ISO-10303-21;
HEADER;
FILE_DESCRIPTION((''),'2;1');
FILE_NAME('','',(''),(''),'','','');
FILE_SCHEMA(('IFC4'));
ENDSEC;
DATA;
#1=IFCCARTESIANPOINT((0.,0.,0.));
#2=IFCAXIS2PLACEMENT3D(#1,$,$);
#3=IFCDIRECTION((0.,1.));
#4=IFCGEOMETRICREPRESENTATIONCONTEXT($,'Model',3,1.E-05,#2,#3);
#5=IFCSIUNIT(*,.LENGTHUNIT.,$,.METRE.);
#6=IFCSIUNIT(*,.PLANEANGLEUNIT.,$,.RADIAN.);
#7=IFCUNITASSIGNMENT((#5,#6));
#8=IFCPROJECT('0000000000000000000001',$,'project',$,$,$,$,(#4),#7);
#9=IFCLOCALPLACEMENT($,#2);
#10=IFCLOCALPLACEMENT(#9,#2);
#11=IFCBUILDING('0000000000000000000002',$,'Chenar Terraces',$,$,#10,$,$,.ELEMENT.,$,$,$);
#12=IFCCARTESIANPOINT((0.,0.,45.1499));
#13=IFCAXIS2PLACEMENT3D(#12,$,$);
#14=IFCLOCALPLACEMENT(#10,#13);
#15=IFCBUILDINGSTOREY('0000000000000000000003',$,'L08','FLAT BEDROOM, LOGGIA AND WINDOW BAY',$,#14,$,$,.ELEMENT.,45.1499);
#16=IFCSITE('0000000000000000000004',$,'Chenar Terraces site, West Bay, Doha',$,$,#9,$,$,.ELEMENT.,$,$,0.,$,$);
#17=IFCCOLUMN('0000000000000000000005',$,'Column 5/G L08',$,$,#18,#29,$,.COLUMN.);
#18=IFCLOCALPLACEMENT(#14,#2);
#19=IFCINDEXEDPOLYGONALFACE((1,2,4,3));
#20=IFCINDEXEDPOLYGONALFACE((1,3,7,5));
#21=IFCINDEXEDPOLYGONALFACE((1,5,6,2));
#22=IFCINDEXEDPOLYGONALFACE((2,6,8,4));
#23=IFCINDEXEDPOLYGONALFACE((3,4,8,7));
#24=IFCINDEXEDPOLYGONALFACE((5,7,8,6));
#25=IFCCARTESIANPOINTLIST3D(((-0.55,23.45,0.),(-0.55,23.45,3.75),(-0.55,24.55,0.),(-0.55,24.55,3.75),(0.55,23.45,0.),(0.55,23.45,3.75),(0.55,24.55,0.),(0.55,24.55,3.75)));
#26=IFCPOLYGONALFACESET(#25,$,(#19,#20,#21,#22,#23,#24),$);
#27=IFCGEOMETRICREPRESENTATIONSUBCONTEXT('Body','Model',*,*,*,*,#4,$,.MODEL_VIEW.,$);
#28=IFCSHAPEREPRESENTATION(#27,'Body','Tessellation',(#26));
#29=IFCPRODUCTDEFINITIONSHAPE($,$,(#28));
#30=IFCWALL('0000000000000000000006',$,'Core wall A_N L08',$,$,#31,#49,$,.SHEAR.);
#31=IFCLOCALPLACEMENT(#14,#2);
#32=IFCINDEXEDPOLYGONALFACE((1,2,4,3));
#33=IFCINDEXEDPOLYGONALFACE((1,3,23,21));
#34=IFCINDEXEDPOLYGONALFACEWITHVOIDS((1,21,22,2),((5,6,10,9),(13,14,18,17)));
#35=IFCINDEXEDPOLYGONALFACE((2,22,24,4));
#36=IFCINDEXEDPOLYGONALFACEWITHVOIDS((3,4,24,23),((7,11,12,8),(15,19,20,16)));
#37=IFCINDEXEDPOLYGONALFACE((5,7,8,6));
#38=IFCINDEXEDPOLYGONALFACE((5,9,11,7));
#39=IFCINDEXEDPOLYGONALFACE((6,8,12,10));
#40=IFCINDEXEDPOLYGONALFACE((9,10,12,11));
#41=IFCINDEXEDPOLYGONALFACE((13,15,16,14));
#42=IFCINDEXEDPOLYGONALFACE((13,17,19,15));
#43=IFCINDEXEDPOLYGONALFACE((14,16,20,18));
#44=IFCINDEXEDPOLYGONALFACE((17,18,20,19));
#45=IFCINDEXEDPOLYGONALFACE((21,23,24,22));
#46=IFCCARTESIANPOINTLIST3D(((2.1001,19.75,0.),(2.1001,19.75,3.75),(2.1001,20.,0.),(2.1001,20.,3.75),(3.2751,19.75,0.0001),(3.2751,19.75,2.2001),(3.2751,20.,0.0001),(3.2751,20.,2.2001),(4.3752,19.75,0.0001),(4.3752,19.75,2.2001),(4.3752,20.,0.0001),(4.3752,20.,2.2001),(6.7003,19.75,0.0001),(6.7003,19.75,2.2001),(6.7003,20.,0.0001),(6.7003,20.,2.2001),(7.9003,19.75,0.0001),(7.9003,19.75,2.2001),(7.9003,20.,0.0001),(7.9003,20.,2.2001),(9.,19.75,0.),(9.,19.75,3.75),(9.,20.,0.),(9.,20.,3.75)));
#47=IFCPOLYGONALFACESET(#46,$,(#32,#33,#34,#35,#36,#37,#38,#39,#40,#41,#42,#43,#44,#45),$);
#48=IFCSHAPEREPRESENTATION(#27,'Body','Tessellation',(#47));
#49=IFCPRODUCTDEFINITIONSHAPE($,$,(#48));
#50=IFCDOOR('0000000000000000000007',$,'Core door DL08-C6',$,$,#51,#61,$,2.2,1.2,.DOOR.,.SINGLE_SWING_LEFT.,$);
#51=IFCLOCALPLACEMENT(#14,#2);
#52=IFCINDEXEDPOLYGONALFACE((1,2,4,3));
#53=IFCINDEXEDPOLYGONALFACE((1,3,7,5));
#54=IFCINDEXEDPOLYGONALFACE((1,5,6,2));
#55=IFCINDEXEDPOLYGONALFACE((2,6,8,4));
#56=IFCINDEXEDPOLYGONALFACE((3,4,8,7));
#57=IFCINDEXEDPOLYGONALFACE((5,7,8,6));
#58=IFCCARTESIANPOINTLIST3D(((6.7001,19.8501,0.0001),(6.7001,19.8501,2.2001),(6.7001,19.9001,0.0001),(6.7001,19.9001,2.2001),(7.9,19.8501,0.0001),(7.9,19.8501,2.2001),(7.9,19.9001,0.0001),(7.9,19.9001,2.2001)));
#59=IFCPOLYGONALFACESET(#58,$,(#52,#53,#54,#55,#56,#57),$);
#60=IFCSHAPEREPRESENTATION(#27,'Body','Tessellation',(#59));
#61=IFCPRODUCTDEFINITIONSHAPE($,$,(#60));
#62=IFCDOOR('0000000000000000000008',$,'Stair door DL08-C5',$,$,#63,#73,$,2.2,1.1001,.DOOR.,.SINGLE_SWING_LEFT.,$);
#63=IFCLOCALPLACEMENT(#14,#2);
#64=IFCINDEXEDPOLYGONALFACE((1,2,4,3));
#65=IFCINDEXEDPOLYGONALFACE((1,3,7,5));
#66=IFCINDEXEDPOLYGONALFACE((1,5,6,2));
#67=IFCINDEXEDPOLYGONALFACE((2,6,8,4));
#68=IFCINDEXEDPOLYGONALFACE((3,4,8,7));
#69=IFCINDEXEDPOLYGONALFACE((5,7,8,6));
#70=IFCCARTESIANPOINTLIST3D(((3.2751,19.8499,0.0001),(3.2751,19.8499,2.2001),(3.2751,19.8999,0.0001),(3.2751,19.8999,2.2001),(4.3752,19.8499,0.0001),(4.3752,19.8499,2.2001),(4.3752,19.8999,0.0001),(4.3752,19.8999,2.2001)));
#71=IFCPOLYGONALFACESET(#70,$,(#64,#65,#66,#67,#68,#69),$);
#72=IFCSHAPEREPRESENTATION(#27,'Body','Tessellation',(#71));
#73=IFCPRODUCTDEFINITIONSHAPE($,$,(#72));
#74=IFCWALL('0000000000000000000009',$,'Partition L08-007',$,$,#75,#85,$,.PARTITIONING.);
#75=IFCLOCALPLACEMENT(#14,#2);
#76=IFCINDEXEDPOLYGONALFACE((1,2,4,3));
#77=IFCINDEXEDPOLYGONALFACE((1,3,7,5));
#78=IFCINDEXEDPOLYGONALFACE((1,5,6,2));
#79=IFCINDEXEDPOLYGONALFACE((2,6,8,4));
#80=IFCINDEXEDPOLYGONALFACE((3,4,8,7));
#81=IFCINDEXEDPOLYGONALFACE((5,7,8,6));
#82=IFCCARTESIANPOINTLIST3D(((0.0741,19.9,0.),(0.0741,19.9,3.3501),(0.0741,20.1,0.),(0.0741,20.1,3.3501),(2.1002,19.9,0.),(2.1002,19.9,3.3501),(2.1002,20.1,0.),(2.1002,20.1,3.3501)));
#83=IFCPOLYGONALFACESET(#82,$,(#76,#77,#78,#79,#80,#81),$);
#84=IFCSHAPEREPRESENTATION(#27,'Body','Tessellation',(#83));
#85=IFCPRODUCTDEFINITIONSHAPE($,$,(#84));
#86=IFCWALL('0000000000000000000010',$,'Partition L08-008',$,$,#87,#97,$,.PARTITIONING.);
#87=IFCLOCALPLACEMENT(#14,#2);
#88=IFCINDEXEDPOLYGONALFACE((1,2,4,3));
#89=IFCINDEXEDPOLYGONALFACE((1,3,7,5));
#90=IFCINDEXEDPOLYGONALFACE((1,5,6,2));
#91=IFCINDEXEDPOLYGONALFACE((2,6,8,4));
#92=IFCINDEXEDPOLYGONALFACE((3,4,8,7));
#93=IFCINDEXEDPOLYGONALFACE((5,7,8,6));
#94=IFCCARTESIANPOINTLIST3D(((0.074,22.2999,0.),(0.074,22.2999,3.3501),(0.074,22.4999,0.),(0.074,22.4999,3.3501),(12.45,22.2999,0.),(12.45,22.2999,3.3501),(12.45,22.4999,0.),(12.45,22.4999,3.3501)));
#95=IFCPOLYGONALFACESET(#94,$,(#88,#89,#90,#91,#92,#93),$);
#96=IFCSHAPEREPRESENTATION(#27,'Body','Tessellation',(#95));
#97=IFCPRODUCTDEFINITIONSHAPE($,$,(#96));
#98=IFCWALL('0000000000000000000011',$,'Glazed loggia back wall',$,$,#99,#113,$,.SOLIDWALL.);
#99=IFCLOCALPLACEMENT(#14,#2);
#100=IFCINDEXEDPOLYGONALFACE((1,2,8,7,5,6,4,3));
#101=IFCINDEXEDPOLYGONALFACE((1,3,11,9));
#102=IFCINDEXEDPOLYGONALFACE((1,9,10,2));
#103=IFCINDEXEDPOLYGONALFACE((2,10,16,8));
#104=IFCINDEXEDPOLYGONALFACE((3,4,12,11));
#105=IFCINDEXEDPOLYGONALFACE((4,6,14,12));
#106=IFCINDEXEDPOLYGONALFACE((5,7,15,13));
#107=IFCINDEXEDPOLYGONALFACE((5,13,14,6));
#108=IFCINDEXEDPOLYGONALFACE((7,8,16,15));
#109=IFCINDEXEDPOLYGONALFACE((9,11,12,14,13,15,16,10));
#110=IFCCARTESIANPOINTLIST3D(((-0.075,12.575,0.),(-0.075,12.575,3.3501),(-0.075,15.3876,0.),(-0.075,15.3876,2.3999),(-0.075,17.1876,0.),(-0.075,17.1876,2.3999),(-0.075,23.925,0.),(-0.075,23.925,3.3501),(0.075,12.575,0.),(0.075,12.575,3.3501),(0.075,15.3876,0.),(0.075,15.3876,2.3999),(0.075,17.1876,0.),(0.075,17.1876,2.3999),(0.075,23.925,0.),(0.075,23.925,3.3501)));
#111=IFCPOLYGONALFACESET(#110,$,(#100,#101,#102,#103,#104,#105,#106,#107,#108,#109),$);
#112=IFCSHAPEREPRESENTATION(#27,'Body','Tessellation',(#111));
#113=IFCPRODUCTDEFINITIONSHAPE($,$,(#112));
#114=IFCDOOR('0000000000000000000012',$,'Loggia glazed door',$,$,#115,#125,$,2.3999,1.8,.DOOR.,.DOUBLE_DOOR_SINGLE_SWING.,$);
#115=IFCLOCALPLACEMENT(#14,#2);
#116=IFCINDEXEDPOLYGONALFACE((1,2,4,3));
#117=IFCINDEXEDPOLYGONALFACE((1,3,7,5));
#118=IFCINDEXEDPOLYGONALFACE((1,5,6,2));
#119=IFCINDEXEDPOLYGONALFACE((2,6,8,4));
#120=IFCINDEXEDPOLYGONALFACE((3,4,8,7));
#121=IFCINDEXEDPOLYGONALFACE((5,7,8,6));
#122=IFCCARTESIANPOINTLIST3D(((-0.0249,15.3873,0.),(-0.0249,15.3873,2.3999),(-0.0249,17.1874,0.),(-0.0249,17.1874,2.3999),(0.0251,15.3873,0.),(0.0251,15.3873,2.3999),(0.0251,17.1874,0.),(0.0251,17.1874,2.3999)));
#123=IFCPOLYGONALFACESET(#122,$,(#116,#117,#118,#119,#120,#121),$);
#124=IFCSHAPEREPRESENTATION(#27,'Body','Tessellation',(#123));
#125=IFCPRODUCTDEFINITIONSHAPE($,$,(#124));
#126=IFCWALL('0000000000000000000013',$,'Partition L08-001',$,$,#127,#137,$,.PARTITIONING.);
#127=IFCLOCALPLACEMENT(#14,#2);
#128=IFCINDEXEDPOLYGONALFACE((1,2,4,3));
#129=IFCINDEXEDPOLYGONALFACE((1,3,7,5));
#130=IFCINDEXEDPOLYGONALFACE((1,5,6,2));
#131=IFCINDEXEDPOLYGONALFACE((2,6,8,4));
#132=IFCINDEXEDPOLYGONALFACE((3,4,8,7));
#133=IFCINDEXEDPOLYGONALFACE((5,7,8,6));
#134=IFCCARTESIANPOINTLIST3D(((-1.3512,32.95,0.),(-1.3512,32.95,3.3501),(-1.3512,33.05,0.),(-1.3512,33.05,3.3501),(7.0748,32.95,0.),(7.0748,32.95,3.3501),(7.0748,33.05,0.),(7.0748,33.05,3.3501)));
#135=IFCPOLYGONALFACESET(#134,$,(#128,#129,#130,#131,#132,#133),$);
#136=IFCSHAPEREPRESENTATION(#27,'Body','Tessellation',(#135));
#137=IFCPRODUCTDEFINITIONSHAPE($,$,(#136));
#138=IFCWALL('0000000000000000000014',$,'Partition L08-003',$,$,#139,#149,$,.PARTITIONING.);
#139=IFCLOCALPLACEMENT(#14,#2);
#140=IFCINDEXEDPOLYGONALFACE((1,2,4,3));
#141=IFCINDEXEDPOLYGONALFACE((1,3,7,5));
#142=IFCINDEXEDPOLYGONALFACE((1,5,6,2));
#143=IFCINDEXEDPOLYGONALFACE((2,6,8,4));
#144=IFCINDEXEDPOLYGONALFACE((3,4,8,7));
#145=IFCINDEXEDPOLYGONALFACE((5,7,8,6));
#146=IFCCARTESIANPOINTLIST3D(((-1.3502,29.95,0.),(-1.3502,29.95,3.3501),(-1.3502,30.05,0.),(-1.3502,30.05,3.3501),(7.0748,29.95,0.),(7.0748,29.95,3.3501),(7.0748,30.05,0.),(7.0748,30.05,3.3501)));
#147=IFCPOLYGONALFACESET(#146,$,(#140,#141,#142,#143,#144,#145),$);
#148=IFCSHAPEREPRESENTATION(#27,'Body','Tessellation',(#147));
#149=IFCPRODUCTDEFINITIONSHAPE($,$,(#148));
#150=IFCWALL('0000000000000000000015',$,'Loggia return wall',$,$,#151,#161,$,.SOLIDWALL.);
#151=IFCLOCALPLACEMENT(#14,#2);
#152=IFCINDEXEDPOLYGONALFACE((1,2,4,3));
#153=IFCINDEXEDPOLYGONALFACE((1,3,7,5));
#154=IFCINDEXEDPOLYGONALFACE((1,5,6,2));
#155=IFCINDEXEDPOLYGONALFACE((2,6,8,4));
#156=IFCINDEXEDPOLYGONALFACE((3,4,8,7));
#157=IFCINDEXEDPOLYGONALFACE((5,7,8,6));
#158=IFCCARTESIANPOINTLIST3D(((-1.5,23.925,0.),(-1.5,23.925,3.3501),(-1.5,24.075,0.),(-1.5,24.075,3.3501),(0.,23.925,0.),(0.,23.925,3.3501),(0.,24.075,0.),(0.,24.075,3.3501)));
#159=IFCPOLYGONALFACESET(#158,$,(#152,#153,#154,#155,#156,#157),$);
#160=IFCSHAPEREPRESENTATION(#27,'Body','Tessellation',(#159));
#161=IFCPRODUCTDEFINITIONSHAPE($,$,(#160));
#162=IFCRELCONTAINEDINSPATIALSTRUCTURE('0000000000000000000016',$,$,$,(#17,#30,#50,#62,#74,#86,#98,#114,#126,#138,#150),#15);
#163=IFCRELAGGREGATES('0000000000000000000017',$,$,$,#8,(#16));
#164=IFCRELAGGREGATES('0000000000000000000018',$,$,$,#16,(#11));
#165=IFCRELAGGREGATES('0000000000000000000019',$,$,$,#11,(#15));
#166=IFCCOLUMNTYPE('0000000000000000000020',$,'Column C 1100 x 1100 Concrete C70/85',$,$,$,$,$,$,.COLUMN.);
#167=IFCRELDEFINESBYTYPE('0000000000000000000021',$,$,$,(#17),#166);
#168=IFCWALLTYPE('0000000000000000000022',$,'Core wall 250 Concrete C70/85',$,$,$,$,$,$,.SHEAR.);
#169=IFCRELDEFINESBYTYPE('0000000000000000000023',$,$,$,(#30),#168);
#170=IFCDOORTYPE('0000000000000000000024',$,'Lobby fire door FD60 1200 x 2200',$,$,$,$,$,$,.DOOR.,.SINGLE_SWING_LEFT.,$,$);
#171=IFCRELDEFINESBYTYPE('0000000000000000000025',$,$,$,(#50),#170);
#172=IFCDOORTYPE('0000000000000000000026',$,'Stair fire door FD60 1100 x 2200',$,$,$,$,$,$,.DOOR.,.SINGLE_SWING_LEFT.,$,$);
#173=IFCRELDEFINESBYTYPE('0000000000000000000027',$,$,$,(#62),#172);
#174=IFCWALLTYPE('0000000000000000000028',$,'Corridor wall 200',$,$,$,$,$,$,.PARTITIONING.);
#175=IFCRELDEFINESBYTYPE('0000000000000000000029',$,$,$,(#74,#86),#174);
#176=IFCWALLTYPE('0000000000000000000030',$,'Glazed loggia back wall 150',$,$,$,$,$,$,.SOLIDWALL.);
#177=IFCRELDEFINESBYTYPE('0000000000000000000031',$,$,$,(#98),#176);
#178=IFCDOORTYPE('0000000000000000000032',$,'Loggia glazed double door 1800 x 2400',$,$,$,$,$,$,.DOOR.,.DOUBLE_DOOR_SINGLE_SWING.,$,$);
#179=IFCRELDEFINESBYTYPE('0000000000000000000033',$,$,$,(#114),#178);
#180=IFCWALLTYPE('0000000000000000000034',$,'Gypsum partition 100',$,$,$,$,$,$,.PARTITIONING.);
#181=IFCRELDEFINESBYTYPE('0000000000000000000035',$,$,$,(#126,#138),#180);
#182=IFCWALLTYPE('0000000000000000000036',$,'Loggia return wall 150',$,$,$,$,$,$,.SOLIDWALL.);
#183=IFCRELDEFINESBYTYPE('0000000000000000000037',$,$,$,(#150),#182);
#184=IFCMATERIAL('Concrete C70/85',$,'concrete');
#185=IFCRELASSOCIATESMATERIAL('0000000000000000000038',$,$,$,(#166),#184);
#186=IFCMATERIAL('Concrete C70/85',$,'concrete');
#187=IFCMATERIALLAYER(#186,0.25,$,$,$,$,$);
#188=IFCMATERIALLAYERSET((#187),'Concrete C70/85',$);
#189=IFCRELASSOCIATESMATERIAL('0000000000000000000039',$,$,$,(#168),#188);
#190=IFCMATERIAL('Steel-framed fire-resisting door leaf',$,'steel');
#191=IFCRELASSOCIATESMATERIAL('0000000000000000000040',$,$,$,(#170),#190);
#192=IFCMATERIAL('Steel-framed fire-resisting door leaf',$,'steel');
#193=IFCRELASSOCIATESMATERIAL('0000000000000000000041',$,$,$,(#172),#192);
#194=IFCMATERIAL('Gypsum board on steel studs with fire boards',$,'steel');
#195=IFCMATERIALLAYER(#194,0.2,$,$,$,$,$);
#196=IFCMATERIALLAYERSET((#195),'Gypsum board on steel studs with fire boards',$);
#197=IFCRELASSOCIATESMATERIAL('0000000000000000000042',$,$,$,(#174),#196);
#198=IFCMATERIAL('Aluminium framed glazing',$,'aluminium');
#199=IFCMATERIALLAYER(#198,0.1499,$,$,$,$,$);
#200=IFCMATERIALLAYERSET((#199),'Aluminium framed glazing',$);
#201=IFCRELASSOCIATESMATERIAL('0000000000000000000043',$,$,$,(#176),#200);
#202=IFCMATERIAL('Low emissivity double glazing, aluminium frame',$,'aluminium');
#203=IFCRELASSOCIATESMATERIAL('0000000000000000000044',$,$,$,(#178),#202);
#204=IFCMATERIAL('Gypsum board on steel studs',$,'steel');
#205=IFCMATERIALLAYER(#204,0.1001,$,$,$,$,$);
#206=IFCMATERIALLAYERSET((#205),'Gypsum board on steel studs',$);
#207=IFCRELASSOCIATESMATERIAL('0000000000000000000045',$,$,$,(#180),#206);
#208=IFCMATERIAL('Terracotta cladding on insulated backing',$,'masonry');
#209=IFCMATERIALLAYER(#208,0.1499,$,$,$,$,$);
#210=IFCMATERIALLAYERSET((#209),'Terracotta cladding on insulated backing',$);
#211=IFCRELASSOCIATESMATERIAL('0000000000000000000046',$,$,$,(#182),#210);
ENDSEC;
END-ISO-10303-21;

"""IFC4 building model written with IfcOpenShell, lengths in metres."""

from ifc_helpers import new_model, si_unit, direction, frame, frame_2d, origin, origin_2d, place, context, subcontext, project, spatial, rectangle, extrude, material, layer, layer_set, material_profile, profile_set, type_object, element, fill, save


model = new_model("IFC4")

# Units and contexts
model_context = context("Model", 3, precision=1e-05, world=origin(), true_north=direction((0.0, 1.0)))
body_context = subcontext(model_context, "Body", "Model", "MODEL_VIEW")
ifc_project = project(units=[si_unit("LENGTHUNIT", "METRE"), si_unit("PLANEANGLEUNIT", "RADIAN")], contexts=[model_context])

# Site, building, storey
site_placement = place(None, origin())
site = spatial("IfcSite", under=ifc_project, at=site_placement, Name="Chenar Terraces site, West Bay, Doha", CompositionType="ELEMENT", RefElevation=0.0)
building_placement = place(site_placement, origin())
building = spatial("IfcBuilding", under=site, at=building_placement, Name="Chenar Terraces", CompositionType="ELEMENT")
storey_placement = place(building_placement, frame((0.0, 0.0, 45.1499)))
storey = spatial("IfcBuildingStorey", under=building, at=storey_placement, Name="L08", Description="FLAT BEDROOM, LOGGIA AND WINDOW BAY", CompositionType="ELEMENT", Elevation=45.1499)

# Column
ifc_material_1 = material(Name="Concrete C70/85", Category="concrete")
ifc_material_profile = material_profile(ifc_material_1, rectangle(XDim=1.1001, YDim=1.1001, at=origin_2d()), Name="C 1100 x 1100")
ifc_profile_set = profile_set([ifc_material_profile], Name="Concrete C70/85")
column_type = type_object("IfcColumnType", Name="Column C 1100 x 1100 Concrete C70/85", PredefinedType="COLUMN", material=ifc_profile_set)
column_placement = place(storey_placement, frame((0.0, 24.0, 0.0), z_axis=(0.0, 0.0, 1.0), x_axis=(1.0, 0.0, 0.0)))
element("IfcColumn", 1, at=column_placement, inside=storey, type_object=column_type, Name="Column 5/G L08", PredefinedType="COLUMN", context=body_context, shape_type="SweptSolid", body=[
    extrude(rectangle(XDim=1.1001, YDim=1.1001, at=origin_2d()), origin(), (0.0, 0.0, 1.0), 3.75),
])

# Wall, openings, doors
ifc_material_2 = material(Name="Concrete C70/85", Category="concrete")
ifc_layer_1 = layer(ifc_material_2, 0.25)
ifc_layer_set_1 = layer_set([ifc_layer_1], Name="Concrete C70/85")
wall_type_1 = type_object("IfcWallType", Name="Core wall 250 Concrete C70/85", PredefinedType="SHEAR", material=ifc_layer_set_1)
wall_1_placement = place(storey_placement, frame((2.1001, 19.875, 0.0), z_axis=(0.0, 0.0, 1.0), x_axis=(1.0, 0.0, 0.0)))
wall_1 = element("IfcWall", 2, at=wall_1_placement, inside=storey, type_object=wall_type_1, Name="Core wall A_N L08", PredefinedType="SHEAR", context=body_context, shape_type="SweptSolid", body=[
    extrude(rectangle(XDim=6.8999, YDim=0.25, at=frame_2d((3.45, 0.0))), origin(), (0.0, 0.0, 1.0), 3.75),
])
opening_1_placement = place(wall_1_placement, frame((1.175, 0.0, 0.0)))
opening_1 = element("IfcOpeningElement", 3, at=opening_1_placement, cuts=wall_1, PredefinedType="OPENING", context=body_context, shape_type="SweptSolid", body=[
    extrude(rectangle(XDim=1.1001, YDim=2.2, at=frame_2d((0.55, 1.1001))), frame((0.0, 0.135, 0.0), z_axis=(0.0, -1.0, 0.0), x_axis=(1.0, 0.0, 0.0)), (0.0, 0.0, 1.0), 0.27),
])
opening_2_placement = place(wall_1_placement, frame((4.6001, 0.0, 0.0)))
opening_2 = element("IfcOpeningElement", 4, at=opening_2_placement, cuts=wall_1, PredefinedType="OPENING", context=body_context, shape_type="SweptSolid", body=[
    extrude(rectangle(XDim=1.2, YDim=2.2, at=frame_2d((0.6001, 1.1001))), frame((0.0, 0.135, 0.0), z_axis=(0.0, -1.0, 0.0), x_axis=(1.0, 0.0, 0.0)), (0.0, 0.0, 1.0), 0.27),
])
ifc_material_3 = material(Name="Steel-framed fire-resisting door leaf", Category="steel")
door_type_1 = type_object("IfcDoorType", Name="Lobby fire door FD60 1200 x 2200", OperationType="SINGLE_SWING_LEFT", PredefinedType="DOOR", material=ifc_material_3)
door_1_placement = place(opening_2_placement, frame((1.2, 0.0, 0.0), z_axis=(0.0, 0.0, 1.0), x_axis=(-1.0, 0.0, 0.0)))
door_1 = element("IfcDoor", 5, at=door_1_placement, inside=storey, type_object=door_type_1, Name="Core door DL08-C6", OperationType="SINGLE_SWING_LEFT", OverallHeight=2.2, OverallWidth=1.2, PredefinedType="DOOR", context=body_context, shape_type="SweptSolid", body=[
    extrude(rectangle(XDim=1.2, YDim=2.2, at=frame_2d((0.6001, 1.1001))), frame((0.0, 0.0249, 0.0), z_axis=(0.0, -1.0, 0.0), x_axis=(1.0, 0.0, 0.0)), (0.0, 0.0, 1.0), 0.05),
])
fill(opening_2, door_1)
ifc_material_4 = material(Name="Steel-framed fire-resisting door leaf", Category="steel")
door_type_2 = type_object("IfcDoorType", Name="Stair fire door FD60 1100 x 2200", OperationType="SINGLE_SWING_LEFT", PredefinedType="DOOR", material=ifc_material_4)
door_2_placement = place(opening_1_placement, origin())
door_2 = element("IfcDoor", 6, at=door_2_placement, inside=storey, type_object=door_type_2, Name="Stair door DL08-C5", OperationType="SINGLE_SWING_LEFT", OverallHeight=2.2, OverallWidth=1.1001, PredefinedType="DOOR", context=body_context, shape_type="SweptSolid", body=[
    extrude(rectangle(XDim=1.1001, YDim=2.2, at=frame_2d((0.55, 1.1001))), frame((0.0, 0.0249, 0.0), z_axis=(0.0, -1.0, 0.0), x_axis=(1.0, 0.0, 0.0)), (0.0, 0.0, 1.0), 0.05),
])
fill(opening_1, door_2)

# Walls
ifc_material_5 = material(Name="Gypsum board on steel studs with fire boards", Category="steel")
ifc_layer_2 = layer(ifc_material_5, 0.2)
ifc_layer_set_2 = layer_set([ifc_layer_2], Name="Gypsum board on steel studs with fire boards")
wall_type_2 = type_object("IfcWallType", Name="Corridor wall 200", PredefinedType="PARTITIONING", material=ifc_layer_set_2)
wall_2_placement = place(storey_placement, frame((0.074, 20.0, 0.0), z_axis=(0.0, 0.0, 1.0), x_axis=(1.0, 0.0, 0.0)))
element("IfcWall", 7, at=wall_2_placement, inside=storey, type_object=wall_type_2, Name="Partition L08-007", PredefinedType="PARTITIONING", context=body_context, shape_type="SweptSolid", body=[
    extrude(rectangle(XDim=2.0261, YDim=0.2, at=frame_2d((1.0132, 0.0))), origin(), (0.0, 0.0, 1.0), 3.3501),
])
wall_3_placement = place(storey_placement, frame((0.074, 22.3999, 0.0), z_axis=(0.0, 0.0, 1.0), x_axis=(1.0, 0.0, 0.0)))
element("IfcWall", 8, at=wall_3_placement, inside=storey, type_object=wall_type_2, Name="Partition L08-008", PredefinedType="PARTITIONING", context=body_context, shape_type="SweptSolid", body=[
    extrude(rectangle(XDim=12.376, YDim=0.2, at=frame_2d((6.188, 0.0))), origin(), (0.0, 0.0, 1.0), 3.3501),
])

# Wall, opening, door
ifc_material_6 = material(Name="Aluminium framed glazing", Category="aluminium")
ifc_layer_3 = layer(ifc_material_6, 0.1499)
ifc_layer_set_3 = layer_set([ifc_layer_3], Name="Aluminium framed glazing")
wall_type_3 = type_object("IfcWallType", Name="Glazed loggia back wall 150", PredefinedType="SOLIDWALL", material=ifc_layer_set_3)
wall_4_placement = place(storey_placement, frame((0.0, 23.925, 0.0), z_axis=(0.0, 0.0, 1.0), x_axis=(0.0, -1.0, 0.0)))
wall_4 = element("IfcWall", 9, at=wall_4_placement, inside=storey, type_object=wall_type_3, Name="Glazed loggia back wall", PredefinedType="SOLIDWALL", context=body_context, shape_type="SweptSolid", body=[
    extrude(rectangle(XDim=11.3501, YDim=0.1499, at=frame_2d((5.675, 0.0))), origin(), (0.0, 0.0, 1.0), 3.3501),
])
opening_3_placement = place(wall_4_placement, frame((6.7375, 0.0, 0.0)))
opening_3 = element("IfcOpeningElement", 10, at=opening_3_placement, cuts=wall_4, PredefinedType="OPENING", context=body_context, shape_type="SweptSolid", body=[
    extrude(rectangle(XDim=1.8, YDim=2.3999, at=frame_2d((0.8999, 1.2))), frame((0.0, 0.085, 0.0), z_axis=(0.0, -1.0, 0.0), x_axis=(1.0, 0.0, 0.0)), (0.0, 0.0, 1.0), 0.1699),
])
ifc_material_7 = material(Name="Low emissivity double glazing, aluminium frame", Category="aluminium")
door_type_3 = type_object("IfcDoorType", Name="Loggia glazed double door 1800 x 2400", OperationType="DOUBLE_DOOR_SINGLE_SWING", PredefinedType="DOOR", material=ifc_material_7)
door_3_placement = place(opening_3_placement, frame((1.8, 0.0, 0.0), z_axis=(0.0, 0.0, 1.0), x_axis=(-1.0, 0.0, 0.0)))
door_3 = element("IfcDoor", 11, at=door_3_placement, inside=storey, type_object=door_type_3, Name="Loggia glazed door", OperationType="DOUBLE_DOOR_SINGLE_SWING", OverallHeight=2.3999, OverallWidth=1.8, PredefinedType="DOOR", context=body_context, shape_type="SweptSolid", body=[
    extrude(rectangle(XDim=1.8, YDim=2.3999, at=frame_2d((0.8999, 1.2))), frame((0.0, 0.0249, 0.0), z_axis=(0.0, -1.0, 0.0), x_axis=(1.0, 0.0, 0.0)), (0.0, 0.0, 1.0), 0.05),
])
fill(opening_3, door_3)

# Walls
ifc_material_8 = material(Name="Gypsum board on steel studs", Category="steel")
ifc_layer_4 = layer(ifc_material_8, 0.1001)
ifc_layer_set_4 = layer_set([ifc_layer_4], Name="Gypsum board on steel studs")
wall_type_4 = type_object("IfcWallType", Name="Gypsum partition 100", PredefinedType="PARTITIONING", material=ifc_layer_set_4)
wall_5_placement = place(storey_placement, frame((-1.3511, 33.0, 0.0), z_axis=(0.0, 0.0, 1.0), x_axis=(1.0, 0.0, 0.0)))
element("IfcWall", 12, at=wall_5_placement, inside=storey, type_object=wall_type_4, Name="Partition L08-001", PredefinedType="PARTITIONING", context=body_context, shape_type="SweptSolid", body=[
    extrude(rectangle(XDim=8.426, YDim=0.1001, at=frame_2d((4.2129, 0.0))), origin(), (0.0, 0.0, 1.0), 3.3501),
])
wall_6_placement = place(storey_placement, frame((-1.3501, 30.0, 0.0), z_axis=(0.0, 0.0, 1.0), x_axis=(1.0, 0.0, 0.0)))
element("IfcWall", 13, at=wall_6_placement, inside=storey, type_object=wall_type_4, Name="Partition L08-003", PredefinedType="PARTITIONING", context=body_context, shape_type="SweptSolid", body=[
    extrude(rectangle(XDim=8.425, YDim=0.1001, at=frame_2d((4.2124, 0.0))), origin(), (0.0, 0.0, 1.0), 3.3501),
])
ifc_material_9 = material(Name="Terracotta cladding on insulated backing", Category="masonry")
ifc_layer_5 = layer(ifc_material_9, 0.1499)
ifc_layer_set_5 = layer_set([ifc_layer_5], Name="Terracotta cladding on insulated backing")
wall_type_5 = type_object("IfcWallType", Name="Loggia return wall 150", PredefinedType="SOLIDWALL", material=ifc_layer_set_5)
wall_7_placement = place(storey_placement, frame((-1.5, 24.0, 0.0), z_axis=(0.0, 0.0, 1.0), x_axis=(1.0, 0.0, 0.0)))
element("IfcWall", 14, at=wall_7_placement, inside=storey, type_object=wall_type_5, Name="Loggia return wall", PredefinedType="SOLIDWALL", context=body_context, shape_type="SweptSolid", body=[
    extrude(rectangle(XDim=1.5, YDim=0.1499, at=frame_2d((0.75, 0.0))), origin(), (0.0, 0.0, 1.0), 3.3501),
])

save(model, "model.ifc")
